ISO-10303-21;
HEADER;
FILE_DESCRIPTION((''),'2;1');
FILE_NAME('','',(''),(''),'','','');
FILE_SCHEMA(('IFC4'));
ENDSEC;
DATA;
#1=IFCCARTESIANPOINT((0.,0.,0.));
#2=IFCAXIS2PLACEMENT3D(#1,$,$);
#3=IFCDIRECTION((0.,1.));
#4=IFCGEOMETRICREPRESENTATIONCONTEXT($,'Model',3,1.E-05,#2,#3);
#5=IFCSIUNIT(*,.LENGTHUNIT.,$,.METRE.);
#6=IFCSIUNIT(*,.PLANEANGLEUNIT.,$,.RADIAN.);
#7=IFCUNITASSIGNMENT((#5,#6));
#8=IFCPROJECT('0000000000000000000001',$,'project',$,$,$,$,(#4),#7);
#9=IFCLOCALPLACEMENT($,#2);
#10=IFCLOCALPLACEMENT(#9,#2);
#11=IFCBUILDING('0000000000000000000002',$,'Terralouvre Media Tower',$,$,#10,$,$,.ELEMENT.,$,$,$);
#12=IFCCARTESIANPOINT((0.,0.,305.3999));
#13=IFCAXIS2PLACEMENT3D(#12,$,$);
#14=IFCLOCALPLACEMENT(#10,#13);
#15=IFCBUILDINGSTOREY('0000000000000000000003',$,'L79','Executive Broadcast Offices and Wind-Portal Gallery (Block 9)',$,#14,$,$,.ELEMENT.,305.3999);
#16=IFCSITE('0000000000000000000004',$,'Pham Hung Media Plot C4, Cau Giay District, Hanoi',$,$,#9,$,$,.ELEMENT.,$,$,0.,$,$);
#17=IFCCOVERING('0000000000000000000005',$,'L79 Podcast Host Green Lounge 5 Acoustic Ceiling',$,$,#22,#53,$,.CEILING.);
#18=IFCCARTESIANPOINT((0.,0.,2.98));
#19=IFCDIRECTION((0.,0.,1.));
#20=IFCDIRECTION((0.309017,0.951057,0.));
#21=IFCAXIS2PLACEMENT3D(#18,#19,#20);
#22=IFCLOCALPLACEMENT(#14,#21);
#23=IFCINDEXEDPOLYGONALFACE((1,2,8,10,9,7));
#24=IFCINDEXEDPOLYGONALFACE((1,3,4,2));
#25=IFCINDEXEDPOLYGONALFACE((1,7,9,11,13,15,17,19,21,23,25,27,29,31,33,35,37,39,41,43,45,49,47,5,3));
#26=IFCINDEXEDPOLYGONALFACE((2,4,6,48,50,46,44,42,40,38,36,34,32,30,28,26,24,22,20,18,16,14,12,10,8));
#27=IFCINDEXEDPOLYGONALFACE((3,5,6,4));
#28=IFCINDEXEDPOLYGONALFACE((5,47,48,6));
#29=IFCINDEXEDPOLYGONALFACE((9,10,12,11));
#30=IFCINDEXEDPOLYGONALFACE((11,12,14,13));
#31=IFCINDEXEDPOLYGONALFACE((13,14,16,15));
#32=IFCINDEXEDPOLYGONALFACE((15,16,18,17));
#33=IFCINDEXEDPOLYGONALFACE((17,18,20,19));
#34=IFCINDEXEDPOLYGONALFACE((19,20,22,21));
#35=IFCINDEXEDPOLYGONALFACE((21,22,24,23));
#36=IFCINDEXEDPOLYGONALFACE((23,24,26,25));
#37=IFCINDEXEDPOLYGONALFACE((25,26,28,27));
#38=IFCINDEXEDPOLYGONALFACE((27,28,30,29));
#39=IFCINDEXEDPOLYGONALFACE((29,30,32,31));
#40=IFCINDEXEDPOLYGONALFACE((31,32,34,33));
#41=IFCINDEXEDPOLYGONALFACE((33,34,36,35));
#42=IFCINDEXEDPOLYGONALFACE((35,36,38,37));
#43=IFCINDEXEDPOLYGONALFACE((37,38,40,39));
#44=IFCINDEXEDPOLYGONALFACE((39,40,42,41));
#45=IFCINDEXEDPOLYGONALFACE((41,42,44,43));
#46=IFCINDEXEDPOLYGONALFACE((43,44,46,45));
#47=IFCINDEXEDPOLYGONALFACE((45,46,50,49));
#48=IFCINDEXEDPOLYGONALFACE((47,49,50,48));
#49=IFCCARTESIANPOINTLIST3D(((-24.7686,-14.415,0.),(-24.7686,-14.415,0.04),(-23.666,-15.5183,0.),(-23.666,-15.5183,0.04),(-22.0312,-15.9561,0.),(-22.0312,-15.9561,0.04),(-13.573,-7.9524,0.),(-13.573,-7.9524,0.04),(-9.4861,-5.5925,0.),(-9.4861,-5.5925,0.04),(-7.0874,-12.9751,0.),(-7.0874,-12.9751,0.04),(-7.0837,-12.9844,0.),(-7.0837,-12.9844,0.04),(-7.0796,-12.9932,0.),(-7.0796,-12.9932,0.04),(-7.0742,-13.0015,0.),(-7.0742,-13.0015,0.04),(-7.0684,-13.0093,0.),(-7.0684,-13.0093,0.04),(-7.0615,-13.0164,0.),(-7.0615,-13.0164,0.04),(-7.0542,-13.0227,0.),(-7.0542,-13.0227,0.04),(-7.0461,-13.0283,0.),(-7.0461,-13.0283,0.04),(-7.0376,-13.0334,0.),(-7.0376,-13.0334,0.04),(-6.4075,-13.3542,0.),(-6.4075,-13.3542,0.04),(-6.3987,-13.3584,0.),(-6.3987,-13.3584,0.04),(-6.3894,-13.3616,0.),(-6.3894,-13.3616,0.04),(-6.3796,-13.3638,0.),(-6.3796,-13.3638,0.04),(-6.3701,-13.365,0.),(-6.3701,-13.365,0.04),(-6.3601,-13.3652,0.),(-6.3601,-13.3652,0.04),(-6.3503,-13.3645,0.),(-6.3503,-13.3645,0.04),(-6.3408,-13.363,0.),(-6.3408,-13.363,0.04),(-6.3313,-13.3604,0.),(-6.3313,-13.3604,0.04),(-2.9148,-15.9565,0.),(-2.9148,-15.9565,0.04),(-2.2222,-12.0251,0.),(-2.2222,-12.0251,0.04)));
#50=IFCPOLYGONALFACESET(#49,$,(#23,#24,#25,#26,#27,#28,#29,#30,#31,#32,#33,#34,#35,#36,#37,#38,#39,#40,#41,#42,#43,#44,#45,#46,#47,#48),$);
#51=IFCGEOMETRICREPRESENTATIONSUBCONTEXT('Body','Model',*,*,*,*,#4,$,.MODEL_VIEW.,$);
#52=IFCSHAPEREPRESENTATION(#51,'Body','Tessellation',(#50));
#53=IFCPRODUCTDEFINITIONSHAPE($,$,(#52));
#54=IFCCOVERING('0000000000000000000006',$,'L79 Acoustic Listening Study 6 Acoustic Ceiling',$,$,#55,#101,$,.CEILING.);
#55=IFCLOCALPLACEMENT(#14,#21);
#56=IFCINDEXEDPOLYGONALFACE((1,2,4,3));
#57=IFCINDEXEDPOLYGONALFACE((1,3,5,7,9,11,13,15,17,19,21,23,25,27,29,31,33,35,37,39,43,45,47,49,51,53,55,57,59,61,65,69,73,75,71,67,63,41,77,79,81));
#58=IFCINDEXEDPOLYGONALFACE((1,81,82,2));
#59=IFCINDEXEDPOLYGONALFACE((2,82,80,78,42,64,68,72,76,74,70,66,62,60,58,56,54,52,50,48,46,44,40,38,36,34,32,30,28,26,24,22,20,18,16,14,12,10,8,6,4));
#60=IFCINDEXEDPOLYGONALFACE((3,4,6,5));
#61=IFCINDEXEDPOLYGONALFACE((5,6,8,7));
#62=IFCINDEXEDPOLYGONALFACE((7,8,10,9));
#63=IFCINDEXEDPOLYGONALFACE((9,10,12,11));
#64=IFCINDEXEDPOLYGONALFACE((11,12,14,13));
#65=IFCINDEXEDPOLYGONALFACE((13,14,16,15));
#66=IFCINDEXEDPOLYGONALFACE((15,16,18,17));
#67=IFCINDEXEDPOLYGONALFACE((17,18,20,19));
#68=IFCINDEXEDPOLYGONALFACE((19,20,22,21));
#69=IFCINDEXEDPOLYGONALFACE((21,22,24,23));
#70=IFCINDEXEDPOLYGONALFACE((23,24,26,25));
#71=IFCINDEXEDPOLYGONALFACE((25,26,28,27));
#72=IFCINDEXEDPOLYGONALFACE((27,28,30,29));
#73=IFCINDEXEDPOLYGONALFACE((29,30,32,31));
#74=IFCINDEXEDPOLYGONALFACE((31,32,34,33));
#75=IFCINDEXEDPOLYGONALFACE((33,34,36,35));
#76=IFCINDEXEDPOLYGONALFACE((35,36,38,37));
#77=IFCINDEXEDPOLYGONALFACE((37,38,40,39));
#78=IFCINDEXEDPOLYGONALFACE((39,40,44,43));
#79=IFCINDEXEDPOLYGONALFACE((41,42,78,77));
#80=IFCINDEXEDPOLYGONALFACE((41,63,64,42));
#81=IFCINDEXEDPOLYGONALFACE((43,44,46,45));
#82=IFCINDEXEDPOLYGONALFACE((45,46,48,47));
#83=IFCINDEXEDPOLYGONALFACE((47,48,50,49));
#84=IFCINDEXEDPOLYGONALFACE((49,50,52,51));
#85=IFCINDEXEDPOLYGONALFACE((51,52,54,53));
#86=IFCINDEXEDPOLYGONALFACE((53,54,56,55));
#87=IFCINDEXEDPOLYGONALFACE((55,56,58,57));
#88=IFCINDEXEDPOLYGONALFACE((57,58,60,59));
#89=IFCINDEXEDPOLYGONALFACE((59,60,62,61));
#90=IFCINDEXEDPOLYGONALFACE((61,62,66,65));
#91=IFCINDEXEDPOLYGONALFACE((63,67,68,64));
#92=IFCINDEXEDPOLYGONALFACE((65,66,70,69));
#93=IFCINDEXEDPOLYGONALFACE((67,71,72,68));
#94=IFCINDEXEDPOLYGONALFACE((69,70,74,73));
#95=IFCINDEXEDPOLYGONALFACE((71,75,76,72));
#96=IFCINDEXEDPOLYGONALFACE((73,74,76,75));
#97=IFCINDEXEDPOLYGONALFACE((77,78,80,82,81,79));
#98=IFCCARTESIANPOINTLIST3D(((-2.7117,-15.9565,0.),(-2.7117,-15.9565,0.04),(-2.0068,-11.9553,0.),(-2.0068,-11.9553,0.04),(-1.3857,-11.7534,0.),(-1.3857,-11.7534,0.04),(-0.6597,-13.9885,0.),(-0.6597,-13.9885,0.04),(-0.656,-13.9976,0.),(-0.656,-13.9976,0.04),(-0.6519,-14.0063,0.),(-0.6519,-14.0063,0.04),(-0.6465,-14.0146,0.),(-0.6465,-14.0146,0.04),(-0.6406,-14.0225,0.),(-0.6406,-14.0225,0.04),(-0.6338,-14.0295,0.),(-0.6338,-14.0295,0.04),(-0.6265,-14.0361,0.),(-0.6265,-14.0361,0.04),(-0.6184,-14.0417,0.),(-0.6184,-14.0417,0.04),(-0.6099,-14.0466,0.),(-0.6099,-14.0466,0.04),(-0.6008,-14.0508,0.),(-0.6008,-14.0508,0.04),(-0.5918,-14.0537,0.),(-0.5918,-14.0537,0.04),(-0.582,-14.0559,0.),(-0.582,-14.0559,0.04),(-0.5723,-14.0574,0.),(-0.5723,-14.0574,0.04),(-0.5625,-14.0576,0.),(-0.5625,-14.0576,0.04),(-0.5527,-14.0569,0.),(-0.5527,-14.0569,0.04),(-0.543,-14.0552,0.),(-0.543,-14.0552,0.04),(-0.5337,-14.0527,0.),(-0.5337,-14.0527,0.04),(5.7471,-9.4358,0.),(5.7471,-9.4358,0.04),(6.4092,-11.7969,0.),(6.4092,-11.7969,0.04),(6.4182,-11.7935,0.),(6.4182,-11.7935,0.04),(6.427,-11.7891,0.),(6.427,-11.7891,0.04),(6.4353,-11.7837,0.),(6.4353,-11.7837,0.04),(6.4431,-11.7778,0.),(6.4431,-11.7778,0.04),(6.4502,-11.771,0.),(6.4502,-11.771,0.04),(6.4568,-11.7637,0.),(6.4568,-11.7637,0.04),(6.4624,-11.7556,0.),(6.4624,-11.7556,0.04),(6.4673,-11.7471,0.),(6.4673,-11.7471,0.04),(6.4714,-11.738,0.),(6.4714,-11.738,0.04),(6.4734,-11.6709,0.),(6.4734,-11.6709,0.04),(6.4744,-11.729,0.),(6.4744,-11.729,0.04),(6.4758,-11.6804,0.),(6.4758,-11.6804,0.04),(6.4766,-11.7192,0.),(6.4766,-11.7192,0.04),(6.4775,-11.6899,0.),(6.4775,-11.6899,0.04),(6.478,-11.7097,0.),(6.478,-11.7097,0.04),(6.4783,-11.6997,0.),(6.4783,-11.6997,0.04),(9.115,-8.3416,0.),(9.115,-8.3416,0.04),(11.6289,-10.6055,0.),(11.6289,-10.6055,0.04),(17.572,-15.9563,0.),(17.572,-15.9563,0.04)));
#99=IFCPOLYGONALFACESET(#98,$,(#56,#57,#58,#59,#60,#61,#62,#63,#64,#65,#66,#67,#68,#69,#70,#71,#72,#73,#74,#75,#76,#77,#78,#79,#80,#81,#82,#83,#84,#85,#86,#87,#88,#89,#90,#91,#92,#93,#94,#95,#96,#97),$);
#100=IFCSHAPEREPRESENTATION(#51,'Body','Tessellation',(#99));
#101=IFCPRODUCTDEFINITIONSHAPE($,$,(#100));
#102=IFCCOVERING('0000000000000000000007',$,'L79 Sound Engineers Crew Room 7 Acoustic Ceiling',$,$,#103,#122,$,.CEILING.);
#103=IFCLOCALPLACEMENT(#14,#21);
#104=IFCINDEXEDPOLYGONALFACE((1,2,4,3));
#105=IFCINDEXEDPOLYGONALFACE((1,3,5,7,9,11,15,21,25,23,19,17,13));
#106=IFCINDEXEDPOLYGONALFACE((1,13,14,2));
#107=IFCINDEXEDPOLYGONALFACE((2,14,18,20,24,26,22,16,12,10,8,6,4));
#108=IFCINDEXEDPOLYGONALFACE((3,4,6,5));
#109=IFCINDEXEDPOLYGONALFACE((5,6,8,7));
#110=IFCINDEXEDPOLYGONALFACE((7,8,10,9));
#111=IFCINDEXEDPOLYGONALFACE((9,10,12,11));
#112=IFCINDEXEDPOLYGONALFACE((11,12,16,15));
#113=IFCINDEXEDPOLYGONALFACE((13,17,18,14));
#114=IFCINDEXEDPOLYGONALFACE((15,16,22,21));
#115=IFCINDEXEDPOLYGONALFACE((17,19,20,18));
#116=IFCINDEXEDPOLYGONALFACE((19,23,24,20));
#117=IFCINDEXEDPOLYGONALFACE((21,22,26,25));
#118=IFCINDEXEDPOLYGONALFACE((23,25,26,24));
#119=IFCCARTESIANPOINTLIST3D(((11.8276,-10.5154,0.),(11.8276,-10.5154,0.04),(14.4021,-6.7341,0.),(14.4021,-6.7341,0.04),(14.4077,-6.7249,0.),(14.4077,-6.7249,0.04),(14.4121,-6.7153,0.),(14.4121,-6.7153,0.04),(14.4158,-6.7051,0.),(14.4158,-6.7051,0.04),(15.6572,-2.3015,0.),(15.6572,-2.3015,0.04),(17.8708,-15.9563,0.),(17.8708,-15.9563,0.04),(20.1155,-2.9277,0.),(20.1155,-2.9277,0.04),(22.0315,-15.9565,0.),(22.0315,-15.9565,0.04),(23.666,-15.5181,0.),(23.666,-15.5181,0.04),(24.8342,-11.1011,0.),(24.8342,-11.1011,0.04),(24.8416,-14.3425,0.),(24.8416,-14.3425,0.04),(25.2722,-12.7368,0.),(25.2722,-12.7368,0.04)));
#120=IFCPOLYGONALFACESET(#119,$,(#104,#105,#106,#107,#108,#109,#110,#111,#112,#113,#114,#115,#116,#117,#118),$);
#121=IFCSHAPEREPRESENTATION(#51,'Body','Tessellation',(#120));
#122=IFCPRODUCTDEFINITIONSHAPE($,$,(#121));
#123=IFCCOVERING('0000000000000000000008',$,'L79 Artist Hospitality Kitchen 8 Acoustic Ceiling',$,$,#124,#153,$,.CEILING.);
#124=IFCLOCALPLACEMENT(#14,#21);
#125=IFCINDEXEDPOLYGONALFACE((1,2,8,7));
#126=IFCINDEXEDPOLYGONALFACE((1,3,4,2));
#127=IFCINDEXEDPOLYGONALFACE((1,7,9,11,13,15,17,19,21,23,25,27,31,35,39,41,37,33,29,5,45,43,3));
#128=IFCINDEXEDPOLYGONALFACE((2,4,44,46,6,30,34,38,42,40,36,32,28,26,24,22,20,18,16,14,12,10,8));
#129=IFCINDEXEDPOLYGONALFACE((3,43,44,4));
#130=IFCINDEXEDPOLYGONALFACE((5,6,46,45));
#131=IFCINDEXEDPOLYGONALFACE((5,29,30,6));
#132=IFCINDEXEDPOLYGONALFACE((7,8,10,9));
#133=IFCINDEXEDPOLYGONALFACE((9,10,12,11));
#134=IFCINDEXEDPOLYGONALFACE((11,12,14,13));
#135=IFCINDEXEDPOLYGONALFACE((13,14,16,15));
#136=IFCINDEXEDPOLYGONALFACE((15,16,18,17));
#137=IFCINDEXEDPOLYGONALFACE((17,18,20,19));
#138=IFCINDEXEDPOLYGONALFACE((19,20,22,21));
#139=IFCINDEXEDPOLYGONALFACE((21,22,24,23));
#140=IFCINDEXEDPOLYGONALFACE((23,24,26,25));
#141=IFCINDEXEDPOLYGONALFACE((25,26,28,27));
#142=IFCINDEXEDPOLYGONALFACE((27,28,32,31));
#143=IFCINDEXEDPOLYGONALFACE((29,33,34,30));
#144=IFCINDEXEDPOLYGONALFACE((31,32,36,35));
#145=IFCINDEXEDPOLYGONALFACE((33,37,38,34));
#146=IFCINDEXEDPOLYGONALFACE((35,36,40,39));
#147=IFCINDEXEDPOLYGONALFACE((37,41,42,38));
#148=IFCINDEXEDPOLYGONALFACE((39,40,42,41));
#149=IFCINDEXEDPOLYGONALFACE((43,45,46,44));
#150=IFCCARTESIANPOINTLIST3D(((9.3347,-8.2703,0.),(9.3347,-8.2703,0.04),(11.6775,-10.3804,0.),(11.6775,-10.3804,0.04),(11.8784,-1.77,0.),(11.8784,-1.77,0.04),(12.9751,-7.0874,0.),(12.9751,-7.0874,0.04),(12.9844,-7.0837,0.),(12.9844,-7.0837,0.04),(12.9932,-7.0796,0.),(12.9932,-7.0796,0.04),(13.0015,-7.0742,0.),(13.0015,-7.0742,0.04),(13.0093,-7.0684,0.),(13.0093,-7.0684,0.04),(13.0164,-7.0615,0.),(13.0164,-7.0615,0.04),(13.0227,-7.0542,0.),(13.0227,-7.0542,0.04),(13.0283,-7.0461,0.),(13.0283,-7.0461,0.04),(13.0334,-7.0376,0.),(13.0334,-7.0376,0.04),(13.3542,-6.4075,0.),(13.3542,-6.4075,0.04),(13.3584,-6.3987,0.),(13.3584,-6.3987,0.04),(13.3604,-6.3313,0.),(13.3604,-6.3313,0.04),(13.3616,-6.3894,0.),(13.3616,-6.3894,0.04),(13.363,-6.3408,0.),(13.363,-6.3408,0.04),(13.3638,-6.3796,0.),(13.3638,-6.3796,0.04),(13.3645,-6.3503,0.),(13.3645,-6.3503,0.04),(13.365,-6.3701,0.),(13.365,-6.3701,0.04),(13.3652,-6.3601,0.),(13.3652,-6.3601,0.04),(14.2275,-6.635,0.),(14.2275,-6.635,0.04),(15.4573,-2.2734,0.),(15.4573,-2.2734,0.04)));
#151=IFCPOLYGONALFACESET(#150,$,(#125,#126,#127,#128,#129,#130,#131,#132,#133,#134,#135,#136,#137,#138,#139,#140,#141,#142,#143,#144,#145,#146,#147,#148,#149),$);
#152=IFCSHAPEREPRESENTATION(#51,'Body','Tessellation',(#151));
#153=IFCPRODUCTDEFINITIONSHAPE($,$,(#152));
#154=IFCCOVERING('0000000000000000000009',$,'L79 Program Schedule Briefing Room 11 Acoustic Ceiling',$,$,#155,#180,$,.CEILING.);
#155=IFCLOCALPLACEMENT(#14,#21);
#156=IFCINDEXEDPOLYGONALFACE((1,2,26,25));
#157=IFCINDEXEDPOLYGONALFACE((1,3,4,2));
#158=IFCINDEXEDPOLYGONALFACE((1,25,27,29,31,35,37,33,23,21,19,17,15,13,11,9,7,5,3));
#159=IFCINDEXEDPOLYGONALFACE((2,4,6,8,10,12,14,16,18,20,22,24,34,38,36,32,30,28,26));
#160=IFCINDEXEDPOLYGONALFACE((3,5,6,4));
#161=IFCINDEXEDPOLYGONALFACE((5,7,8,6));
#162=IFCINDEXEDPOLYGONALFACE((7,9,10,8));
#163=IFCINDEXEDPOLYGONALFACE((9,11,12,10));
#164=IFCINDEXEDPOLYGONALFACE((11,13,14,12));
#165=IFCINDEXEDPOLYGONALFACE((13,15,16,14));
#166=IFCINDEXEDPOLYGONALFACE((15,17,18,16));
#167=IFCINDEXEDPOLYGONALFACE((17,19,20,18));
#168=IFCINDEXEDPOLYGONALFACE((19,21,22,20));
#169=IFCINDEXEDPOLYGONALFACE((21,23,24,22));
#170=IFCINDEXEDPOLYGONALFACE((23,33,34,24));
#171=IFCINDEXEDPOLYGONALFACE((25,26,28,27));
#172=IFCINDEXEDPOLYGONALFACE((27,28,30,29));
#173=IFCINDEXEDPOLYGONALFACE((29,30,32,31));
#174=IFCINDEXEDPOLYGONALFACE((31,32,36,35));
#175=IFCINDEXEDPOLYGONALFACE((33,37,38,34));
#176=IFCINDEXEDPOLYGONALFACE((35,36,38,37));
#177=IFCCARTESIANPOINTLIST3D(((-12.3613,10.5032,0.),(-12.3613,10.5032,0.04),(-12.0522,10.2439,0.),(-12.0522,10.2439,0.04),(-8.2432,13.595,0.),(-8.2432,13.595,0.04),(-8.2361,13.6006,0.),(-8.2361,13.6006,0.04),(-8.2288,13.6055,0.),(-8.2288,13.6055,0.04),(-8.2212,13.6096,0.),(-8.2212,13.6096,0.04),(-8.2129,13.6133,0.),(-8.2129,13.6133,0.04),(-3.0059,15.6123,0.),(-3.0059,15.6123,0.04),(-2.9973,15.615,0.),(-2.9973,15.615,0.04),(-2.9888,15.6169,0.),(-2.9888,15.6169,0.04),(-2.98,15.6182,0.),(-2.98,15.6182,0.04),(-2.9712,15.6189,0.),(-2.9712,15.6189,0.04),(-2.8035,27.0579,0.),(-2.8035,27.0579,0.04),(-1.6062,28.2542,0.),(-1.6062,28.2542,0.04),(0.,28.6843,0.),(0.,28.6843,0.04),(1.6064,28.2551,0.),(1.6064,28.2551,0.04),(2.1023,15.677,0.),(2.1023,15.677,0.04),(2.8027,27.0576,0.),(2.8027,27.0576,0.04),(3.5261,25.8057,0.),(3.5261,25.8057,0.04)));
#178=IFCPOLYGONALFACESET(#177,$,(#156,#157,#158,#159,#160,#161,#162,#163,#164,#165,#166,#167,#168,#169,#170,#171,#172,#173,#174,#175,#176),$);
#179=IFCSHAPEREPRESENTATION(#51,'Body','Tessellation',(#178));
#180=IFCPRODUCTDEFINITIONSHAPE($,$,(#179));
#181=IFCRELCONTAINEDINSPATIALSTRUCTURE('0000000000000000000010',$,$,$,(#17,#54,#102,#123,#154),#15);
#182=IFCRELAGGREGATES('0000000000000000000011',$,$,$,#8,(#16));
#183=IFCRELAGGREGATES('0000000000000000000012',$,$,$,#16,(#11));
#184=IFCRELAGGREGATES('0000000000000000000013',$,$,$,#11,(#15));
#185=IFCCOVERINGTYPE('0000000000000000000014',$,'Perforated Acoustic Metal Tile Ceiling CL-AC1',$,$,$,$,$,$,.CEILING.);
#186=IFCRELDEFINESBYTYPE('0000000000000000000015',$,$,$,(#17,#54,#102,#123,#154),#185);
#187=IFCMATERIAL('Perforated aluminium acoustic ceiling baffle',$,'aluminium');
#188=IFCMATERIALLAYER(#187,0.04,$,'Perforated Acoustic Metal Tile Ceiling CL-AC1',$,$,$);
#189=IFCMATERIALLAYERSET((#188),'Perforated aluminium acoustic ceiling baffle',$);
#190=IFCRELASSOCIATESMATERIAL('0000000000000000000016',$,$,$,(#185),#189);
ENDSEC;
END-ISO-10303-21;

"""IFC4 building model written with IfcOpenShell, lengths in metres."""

from ifc_helpers import new_model, si_unit, direction, frame, origin, place, context, subcontext, project, spatial, polyline, outline, extrude, material, layer, layer_set, type_object, element, save


model = new_model("IFC4")

# Units and contexts
model_context = context("Model", 3, precision=1e-05, world=origin(), true_north=direction((0.0, 1.0)))
body_context = subcontext(model_context, "Body", "Model", "MODEL_VIEW")
ifc_project = project(units=[si_unit("LENGTHUNIT", "METRE"), si_unit("PLANEANGLEUNIT", "RADIAN")], contexts=[model_context])

# Site, building, storey
site_placement = place(None, origin())
site = spatial("IfcSite", under=ifc_project, at=site_placement, Name="Pham Hung Media Plot C4, Cau Giay District, Hanoi", CompositionType="ELEMENT", RefElevation=0.0)
building_placement = place(site_placement, origin())
building = spatial("IfcBuilding", under=site, at=building_placement, Name="Terralouvre Media Tower", CompositionType="ELEMENT")
storey_placement = place(building_placement, frame((0.0, 0.0, 305.3999)))
storey = spatial("IfcBuildingStorey", under=building, at=storey_placement, Name="L79", Description="Executive Broadcast Offices and Wind-Portal Gallery (Block 9)", CompositionType="ELEMENT", Elevation=305.3999)

# Coverings
ifc_material_1 = material(Name="Perforated aluminium acoustic ceiling baffle", Category="aluminium")
ifc_layer_1 = layer(ifc_material_1, 0.04, Name="Perforated Acoustic Metal Tile Ceiling CL-AC1")
ifc_layer_set_1 = layer_set([ifc_layer_1], Name="Perforated aluminium acoustic ceiling baffle")
covering_type_1 = type_object("IfcCoveringType", Name="Perforated Acoustic Metal Tile Ceiling CL-AC1", PredefinedType="CEILING", material=ifc_layer_set_1)
covering_1_placement = place(storey_placement, frame((0.0, 0.0, 2.98), z_axis=(0.0, 0.0, 1.0), x_axis=(0.309017, 0.951057, 0.0)))
element("IfcCovering", 1, at=covering_1_placement, inside=storey, type_object=covering_type_1, Name="L79 Podcast Host Green Lounge 5 Acoustic Ceiling", PredefinedType="CEILING", context=body_context, shape_type="SweptSolid", body=[
    extrude(outline(polyline([(-6.3313, -13.3604), (-6.3408, -13.363), (-6.3503, -13.3645), (-6.3601, -13.3652), (-6.3701, -13.365), (-6.3796, -13.3638), (-6.3894, -13.3616), (-6.3987, -13.3584), (-6.4075, -13.3542), (-7.0376, -13.0334), (-7.0461, -13.0283), (-7.0542, -13.0227), (-7.0615, -13.0164), (-7.0684, -13.0093), (-7.0742, -13.0015), (-7.0796, -12.9932), (-7.0837, -12.9844), (-7.0874, -12.9751), (-9.4861, -5.5925), (-13.573, -7.9524), (-24.7686, -14.415), (-23.666, -15.5183), (-22.0312, -15.9561), (-2.9148, -15.9565), (-2.2222, -12.0251), (-6.3313, -13.3604)])), origin(), (0.0, 0.0, 1.0), 0.04),
])
covering_2_placement = place(storey_placement, frame((0.0, 0.0, 2.98), z_axis=(0.0, 0.0, 1.0), x_axis=(0.309017, 0.951057, 0.0)))
element("IfcCovering", 2, at=covering_2_placement, inside=storey, type_object=covering_type_1, Name="L79 Acoustic Listening Study 6 Acoustic Ceiling", PredefinedType="CEILING", context=body_context, shape_type="SweptSolid", body=[
    extrude(outline(polyline([(9.115, -8.3416), (5.7471, -9.4358), (6.4734, -11.6709), (6.4758, -11.6804), (6.4775, -11.6899), (6.4783, -11.6997), (6.478, -11.7097), (6.4766, -11.7192), (6.4744, -11.729), (6.4714, -11.738), (6.4673, -11.7471), (6.4624, -11.7556), (6.4568, -11.7637), (6.4502, -11.771), (6.4431, -11.7778), (6.4353, -11.7837), (6.427, -11.7891), (6.4182, -11.7935), (6.4092, -11.7969), (-0.5337, -14.0527), (-0.543, -14.0552), (-0.5527, -14.0569), (-0.5625, -14.0576), (-0.5723, -14.0574), (-0.582, -14.0559), (-0.5918, -14.0537), (-0.6008, -14.0508), (-0.6099, -14.0466), (-0.6184, -14.0417), (-0.6265, -14.0361), (-0.6338, -14.0295), (-0.6406, -14.0225), (-0.6465, -14.0146), (-0.6519, -14.0063), (-0.656, -13.9976), (-0.6597, -13.9885), (-1.3857, -11.7534), (-2.0068, -11.9553), (-2.7117, -15.9565), (17.572, -15.9563), (11.6289, -10.6055), (9.115, -8.3416)])), origin(), (0.0, 0.0, 1.0), 0.04),
])
covering_3_placement = place(storey_placement, frame((0.0, 0.0, 2.98), z_axis=(0.0, 0.0, 1.0), x_axis=(0.309017, 0.951057, 0.0)))
element("IfcCovering", 3, at=covering_3_placement, inside=storey, type_object=covering_type_1, Name="L79 Sound Engineers Crew Room 7 Acoustic Ceiling", PredefinedType="CEILING", context=body_context, shape_type="SweptSolid", body=[
    extrude(outline(polyline([(20.1155, -2.9277), (15.6572, -2.3015), (14.4158, -6.7051), (14.4121, -6.7153), (14.4077, -6.7249), (14.4021, -6.7341), (11.8276, -10.5154), (17.8708, -15.9563), (22.0315, -15.9565), (23.666, -15.5181), (24.8416, -14.3425), (25.2722, -12.7368), (24.8342, -11.1011), (20.1155, -2.9277)])), origin(), (0.0, 0.0, 1.0), 0.04),
])
covering_4_placement = place(storey_placement, frame((0.0, 0.0, 2.98), z_axis=(0.0, 0.0, 1.0), x_axis=(0.309017, 0.951057, 0.0)))
element("IfcCovering", 4, at=covering_4_placement, inside=storey, type_object=covering_type_1, Name="L79 Artist Hospitality Kitchen 8 Acoustic Ceiling", PredefinedType="CEILING", context=body_context, shape_type="SweptSolid", body=[
    extrude(outline(polyline([(14.2275, -6.635), (15.4573, -2.2734), (11.8784, -1.77), (13.3604, -6.3313), (13.363, -6.3408), (13.3645, -6.3503), (13.3652, -6.3601), (13.365, -6.3701), (13.3638, -6.3796), (13.3616, -6.3894), (13.3584, -6.3987), (13.3542, -6.4075), (13.0334, -7.0376), (13.0283, -7.0461), (13.0227, -7.0542), (13.0164, -7.0615), (13.0093, -7.0684), (13.0015, -7.0742), (12.9932, -7.0796), (12.9844, -7.0837), (12.9751, -7.0874), (9.3347, -8.2703), (11.6775, -10.3804), (14.2275, -6.635)])), origin(), (0.0, 0.0, 1.0), 0.04),
])
covering_5_placement = place(storey_placement, frame((0.0, 0.0, 2.98), z_axis=(0.0, 0.0, 1.0), x_axis=(0.309017, 0.951057, 0.0)))
element("IfcCovering", 5, at=covering_5_placement, inside=storey, type_object=covering_type_1, Name="L79 Program Schedule Briefing Room 11 Acoustic Ceiling", PredefinedType="CEILING", context=body_context, shape_type="SweptSolid", body=[
    extrude(outline(polyline([(-8.2432, 13.595), (-8.2361, 13.6006), (-8.2288, 13.6055), (-8.2212, 13.6096), (-8.2129, 13.6133), (-3.0059, 15.6123), (-2.9973, 15.615), (-2.9888, 15.6169), (-2.98, 15.6182), (-2.9712, 15.6189), (2.1023, 15.677), (3.5261, 25.8057), (2.8027, 27.0576), (1.6064, 28.2551), (0.0, 28.6843), (-1.6062, 28.2542), (-2.8035, 27.0579), (-12.3613, 10.5032), (-12.0522, 10.2439), (-8.2432, 13.595)])), origin(), (0.0, 0.0, 1.0), 0.04),
])

save(model, "model.ifc")
